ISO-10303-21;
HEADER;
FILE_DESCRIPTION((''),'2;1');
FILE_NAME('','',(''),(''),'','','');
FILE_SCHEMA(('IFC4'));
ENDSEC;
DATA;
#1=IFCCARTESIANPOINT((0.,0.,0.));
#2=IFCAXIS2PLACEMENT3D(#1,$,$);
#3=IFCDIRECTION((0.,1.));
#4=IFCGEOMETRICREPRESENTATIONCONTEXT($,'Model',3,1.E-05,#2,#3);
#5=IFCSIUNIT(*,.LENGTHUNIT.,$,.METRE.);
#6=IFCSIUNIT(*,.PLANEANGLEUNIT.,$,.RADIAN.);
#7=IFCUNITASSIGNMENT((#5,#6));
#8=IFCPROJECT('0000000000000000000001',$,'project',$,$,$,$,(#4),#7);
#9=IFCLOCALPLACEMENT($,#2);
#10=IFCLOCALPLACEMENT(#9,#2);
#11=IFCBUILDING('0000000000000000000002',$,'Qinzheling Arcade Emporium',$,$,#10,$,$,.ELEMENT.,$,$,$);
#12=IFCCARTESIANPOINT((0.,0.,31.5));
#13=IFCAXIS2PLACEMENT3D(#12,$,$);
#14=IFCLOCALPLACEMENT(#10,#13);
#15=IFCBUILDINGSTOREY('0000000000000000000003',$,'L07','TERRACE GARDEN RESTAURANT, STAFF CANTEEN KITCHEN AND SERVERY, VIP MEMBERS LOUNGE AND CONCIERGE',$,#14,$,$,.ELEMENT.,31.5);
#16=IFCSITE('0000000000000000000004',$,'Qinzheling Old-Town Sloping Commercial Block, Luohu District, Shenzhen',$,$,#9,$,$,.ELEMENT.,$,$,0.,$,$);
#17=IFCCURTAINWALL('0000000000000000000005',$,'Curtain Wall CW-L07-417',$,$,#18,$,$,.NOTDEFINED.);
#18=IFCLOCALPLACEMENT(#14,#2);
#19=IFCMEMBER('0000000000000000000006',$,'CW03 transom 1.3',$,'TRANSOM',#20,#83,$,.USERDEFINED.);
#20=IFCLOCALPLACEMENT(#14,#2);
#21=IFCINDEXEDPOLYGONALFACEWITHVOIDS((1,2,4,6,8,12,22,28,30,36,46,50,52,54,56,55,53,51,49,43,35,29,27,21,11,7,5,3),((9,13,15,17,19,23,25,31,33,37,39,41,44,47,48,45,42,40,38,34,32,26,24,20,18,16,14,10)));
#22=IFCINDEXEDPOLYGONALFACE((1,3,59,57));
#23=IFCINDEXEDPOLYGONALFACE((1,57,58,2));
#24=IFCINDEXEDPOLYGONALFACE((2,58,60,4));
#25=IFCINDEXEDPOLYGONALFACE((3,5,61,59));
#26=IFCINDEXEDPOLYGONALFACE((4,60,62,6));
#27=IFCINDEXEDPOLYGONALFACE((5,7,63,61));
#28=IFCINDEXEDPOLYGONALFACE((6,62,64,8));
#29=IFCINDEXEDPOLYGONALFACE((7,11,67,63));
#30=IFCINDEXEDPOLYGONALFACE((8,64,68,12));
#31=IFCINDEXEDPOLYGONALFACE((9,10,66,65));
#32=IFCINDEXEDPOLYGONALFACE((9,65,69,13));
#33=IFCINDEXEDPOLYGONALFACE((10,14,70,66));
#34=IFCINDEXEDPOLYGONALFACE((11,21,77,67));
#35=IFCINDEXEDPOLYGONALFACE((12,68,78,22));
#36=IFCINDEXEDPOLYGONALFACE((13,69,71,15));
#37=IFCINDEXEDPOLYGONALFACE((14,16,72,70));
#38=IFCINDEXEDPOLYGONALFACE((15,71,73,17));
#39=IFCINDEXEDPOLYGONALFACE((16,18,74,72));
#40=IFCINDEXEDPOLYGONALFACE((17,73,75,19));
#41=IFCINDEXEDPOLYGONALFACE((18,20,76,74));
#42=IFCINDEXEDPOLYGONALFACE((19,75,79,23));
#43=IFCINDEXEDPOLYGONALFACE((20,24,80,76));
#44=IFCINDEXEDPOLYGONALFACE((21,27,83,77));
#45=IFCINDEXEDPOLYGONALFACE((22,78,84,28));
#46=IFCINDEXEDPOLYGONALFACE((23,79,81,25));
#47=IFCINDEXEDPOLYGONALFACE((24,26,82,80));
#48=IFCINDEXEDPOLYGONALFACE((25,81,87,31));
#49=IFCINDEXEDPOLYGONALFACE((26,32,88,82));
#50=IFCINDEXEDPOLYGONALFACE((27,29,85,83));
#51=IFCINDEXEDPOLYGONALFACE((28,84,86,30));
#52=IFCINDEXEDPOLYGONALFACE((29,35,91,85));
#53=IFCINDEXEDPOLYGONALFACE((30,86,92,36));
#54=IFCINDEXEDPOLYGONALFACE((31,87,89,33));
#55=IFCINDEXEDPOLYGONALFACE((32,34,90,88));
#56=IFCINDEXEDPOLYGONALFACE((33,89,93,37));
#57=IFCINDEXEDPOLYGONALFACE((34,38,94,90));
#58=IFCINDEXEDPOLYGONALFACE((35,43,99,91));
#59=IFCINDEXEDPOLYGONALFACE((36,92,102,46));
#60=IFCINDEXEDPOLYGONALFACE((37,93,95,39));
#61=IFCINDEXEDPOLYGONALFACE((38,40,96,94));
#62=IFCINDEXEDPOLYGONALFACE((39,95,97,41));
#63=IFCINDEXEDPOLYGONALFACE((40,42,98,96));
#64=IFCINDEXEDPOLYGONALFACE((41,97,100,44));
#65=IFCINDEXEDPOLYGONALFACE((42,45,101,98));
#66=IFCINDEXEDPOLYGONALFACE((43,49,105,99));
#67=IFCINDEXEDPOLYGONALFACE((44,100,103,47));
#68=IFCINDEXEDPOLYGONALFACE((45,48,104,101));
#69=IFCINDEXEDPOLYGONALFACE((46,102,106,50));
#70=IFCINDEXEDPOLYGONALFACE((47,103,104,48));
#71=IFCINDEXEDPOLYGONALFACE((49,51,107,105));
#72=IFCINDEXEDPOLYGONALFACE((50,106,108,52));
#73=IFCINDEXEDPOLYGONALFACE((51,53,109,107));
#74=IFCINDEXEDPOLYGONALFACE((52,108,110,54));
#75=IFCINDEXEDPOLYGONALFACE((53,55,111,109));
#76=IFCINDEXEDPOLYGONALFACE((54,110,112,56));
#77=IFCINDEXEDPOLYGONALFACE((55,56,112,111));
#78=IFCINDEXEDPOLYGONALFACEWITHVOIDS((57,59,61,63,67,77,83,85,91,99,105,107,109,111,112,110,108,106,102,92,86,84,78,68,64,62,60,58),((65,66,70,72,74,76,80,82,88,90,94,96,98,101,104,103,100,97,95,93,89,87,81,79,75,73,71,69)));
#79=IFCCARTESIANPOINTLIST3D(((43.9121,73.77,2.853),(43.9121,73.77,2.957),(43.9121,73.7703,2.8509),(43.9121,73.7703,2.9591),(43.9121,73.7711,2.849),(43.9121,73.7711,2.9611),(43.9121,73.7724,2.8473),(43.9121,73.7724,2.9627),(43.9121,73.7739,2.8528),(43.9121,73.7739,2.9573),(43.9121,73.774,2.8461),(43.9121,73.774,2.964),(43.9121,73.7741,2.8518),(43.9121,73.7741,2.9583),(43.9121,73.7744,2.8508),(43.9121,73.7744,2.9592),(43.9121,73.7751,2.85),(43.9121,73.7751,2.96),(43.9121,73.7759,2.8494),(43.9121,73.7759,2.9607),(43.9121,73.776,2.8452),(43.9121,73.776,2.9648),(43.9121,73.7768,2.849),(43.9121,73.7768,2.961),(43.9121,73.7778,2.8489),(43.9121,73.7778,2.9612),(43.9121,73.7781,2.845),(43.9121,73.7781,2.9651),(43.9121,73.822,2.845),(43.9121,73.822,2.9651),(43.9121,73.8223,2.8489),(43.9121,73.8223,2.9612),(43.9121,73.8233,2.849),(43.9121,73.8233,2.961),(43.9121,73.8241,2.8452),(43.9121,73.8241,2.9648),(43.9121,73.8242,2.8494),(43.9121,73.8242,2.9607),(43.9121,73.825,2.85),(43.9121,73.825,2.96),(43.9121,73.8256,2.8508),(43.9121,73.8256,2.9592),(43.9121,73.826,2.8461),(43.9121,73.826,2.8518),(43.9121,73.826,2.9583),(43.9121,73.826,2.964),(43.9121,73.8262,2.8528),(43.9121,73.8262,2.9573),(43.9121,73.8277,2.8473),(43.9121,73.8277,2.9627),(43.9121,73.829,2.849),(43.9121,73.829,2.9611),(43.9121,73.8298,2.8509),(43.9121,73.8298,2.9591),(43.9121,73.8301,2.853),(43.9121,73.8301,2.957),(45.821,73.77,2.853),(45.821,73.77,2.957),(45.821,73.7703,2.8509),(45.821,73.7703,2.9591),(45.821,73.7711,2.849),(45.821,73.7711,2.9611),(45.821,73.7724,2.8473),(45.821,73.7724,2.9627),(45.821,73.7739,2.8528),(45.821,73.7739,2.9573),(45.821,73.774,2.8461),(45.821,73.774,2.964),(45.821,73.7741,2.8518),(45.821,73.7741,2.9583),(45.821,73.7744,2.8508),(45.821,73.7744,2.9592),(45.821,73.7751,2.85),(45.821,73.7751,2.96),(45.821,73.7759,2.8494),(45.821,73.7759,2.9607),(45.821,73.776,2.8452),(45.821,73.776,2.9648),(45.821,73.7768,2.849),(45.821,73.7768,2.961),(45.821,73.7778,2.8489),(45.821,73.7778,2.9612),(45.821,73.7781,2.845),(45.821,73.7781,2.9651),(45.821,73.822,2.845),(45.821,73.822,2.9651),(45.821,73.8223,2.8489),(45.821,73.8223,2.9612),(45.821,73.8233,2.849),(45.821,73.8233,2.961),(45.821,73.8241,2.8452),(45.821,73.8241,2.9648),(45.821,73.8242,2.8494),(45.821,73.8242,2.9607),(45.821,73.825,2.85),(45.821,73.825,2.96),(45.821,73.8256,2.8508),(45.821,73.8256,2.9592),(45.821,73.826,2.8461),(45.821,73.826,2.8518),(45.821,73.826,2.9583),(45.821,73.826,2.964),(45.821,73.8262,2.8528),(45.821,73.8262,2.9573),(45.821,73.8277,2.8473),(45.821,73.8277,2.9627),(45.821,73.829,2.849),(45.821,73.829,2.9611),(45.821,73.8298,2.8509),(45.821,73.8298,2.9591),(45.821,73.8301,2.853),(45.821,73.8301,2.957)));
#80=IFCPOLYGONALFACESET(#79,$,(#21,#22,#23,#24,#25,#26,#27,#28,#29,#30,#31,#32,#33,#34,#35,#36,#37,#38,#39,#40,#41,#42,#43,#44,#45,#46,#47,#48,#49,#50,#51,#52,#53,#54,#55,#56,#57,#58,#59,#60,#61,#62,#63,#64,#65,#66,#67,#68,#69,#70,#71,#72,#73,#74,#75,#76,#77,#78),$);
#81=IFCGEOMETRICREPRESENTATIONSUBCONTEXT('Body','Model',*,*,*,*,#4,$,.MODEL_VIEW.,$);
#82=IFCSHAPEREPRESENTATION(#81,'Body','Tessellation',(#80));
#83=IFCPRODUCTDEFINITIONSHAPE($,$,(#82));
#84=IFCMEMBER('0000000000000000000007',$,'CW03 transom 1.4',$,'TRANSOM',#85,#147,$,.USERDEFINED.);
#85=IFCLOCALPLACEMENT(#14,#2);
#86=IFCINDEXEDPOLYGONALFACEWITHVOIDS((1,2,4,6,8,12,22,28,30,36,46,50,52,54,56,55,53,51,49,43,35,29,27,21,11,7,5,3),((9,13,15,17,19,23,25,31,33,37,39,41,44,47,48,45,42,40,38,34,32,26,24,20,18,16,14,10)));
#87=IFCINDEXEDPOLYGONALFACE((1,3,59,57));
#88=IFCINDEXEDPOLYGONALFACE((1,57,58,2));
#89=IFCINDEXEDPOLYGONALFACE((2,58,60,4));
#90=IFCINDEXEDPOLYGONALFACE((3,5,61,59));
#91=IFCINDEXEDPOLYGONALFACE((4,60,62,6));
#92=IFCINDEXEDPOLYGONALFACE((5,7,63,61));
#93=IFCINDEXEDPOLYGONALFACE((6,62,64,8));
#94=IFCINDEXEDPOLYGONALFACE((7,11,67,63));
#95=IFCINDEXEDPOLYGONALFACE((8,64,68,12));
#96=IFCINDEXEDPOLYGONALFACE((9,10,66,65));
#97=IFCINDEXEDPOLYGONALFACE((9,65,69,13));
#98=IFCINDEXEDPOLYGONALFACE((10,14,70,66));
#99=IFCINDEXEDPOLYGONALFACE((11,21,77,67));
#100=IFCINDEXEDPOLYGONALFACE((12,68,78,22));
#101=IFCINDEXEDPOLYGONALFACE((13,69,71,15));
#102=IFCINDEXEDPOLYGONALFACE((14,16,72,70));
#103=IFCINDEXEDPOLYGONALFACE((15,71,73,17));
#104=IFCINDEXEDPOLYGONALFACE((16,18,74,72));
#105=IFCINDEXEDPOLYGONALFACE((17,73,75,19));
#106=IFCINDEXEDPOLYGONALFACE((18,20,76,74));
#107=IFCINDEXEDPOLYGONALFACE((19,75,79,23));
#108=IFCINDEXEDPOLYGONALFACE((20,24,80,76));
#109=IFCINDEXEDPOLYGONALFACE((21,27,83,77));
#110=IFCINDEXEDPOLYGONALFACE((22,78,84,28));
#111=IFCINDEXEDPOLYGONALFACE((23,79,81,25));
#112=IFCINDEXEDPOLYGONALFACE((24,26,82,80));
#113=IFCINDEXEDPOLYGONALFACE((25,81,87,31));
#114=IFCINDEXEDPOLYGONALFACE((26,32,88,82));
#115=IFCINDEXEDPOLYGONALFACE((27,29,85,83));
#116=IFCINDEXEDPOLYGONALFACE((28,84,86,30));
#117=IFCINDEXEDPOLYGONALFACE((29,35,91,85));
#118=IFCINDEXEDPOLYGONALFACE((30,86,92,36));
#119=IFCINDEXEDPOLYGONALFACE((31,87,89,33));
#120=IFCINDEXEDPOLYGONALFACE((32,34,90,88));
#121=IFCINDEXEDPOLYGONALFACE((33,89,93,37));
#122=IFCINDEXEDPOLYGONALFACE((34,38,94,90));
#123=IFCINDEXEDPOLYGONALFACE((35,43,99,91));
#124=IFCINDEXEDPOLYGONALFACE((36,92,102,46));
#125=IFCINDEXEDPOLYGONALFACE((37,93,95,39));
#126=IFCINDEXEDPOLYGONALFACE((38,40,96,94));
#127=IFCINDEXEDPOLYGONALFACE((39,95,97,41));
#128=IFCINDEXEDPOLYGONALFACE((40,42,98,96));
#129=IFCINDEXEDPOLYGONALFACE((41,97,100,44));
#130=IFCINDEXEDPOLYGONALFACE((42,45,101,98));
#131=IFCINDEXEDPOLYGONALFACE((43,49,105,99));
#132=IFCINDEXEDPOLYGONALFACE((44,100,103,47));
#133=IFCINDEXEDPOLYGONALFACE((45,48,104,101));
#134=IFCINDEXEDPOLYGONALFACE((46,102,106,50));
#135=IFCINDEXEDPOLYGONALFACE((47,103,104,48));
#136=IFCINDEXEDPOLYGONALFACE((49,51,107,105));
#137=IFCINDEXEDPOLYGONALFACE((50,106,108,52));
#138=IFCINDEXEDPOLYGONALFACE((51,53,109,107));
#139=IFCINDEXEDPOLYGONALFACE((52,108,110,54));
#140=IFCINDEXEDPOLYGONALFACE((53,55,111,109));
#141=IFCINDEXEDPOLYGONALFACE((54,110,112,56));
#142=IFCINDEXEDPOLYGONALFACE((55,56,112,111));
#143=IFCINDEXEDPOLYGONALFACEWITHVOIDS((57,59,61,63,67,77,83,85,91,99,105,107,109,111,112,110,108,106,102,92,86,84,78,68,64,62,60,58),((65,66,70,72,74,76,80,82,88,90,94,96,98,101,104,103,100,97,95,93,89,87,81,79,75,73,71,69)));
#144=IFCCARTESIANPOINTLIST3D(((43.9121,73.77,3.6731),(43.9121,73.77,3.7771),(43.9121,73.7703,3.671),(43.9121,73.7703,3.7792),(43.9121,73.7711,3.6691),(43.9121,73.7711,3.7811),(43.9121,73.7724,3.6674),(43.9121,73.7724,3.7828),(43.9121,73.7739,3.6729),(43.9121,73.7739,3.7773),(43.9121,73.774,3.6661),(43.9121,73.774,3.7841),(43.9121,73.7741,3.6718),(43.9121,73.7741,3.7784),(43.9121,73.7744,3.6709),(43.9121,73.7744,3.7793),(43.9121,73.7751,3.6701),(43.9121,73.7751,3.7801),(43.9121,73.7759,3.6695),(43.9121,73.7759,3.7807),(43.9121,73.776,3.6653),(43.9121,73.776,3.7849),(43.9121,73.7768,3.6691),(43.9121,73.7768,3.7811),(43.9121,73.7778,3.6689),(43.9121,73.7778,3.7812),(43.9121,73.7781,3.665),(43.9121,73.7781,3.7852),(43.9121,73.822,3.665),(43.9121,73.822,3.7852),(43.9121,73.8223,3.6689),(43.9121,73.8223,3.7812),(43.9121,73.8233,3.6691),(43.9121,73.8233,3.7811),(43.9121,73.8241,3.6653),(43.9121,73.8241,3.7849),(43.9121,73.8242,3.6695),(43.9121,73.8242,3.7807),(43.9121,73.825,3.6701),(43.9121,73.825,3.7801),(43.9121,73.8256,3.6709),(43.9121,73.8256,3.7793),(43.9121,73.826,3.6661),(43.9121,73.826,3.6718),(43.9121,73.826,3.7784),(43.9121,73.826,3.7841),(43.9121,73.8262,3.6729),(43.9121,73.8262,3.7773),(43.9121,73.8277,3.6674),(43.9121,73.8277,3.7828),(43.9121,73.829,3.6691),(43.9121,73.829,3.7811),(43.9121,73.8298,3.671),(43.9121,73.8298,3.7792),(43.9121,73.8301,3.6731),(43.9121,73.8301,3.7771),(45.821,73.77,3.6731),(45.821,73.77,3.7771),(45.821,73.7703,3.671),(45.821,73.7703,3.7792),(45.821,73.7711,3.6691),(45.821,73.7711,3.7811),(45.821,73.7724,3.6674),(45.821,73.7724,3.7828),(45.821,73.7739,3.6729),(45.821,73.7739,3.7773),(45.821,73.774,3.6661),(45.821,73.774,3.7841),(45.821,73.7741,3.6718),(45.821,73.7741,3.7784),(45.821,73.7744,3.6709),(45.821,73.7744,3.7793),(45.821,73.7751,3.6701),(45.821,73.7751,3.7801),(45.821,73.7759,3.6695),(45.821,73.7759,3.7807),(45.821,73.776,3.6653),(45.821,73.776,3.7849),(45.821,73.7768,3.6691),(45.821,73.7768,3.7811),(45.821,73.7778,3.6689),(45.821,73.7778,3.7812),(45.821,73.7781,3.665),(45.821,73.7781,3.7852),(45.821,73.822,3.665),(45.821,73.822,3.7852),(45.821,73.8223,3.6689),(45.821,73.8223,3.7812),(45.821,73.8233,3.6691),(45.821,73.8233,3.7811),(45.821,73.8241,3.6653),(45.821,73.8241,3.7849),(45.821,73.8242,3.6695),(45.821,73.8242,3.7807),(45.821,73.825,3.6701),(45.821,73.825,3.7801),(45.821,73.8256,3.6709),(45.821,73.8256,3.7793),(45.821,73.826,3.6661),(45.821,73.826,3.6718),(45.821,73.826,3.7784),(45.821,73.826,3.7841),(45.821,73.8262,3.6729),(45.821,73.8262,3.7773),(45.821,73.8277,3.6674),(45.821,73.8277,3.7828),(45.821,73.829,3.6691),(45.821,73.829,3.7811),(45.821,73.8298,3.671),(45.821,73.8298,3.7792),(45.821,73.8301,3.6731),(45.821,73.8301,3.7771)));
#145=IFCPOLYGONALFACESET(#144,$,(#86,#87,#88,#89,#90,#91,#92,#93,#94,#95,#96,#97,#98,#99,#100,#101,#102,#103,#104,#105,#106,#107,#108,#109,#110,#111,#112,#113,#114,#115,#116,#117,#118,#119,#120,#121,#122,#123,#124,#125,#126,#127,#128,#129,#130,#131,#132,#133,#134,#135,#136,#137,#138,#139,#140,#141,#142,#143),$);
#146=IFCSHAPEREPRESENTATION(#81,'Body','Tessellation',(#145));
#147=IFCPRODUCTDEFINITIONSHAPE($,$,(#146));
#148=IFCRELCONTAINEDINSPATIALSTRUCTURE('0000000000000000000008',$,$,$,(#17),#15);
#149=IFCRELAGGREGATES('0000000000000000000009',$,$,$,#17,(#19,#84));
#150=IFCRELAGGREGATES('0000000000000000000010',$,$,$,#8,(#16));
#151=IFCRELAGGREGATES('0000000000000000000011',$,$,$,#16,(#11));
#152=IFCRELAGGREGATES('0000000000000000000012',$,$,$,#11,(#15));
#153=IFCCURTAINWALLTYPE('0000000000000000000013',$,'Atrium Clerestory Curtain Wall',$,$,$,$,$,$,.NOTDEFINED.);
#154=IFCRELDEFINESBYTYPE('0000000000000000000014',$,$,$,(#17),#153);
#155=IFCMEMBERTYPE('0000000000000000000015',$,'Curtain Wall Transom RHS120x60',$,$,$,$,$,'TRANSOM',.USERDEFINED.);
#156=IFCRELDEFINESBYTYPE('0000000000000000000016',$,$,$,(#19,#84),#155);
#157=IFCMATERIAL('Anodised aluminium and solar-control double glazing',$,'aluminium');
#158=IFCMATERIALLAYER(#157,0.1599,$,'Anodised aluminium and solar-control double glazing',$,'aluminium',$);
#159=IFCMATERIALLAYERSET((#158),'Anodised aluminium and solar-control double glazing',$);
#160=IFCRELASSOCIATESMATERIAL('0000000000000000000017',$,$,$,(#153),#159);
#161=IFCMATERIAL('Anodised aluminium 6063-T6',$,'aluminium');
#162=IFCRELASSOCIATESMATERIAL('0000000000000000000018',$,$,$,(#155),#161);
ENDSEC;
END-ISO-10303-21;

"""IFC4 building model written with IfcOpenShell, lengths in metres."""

from ifc_helpers import new_model, si_unit, direction, frame, origin, origin_2d, place, context, subcontext, project, spatial, hollow_rectangle, extrude, material, layer, layer_set, material_profile, profile_set, type_object, element, aggregate, save


model = new_model("IFC4")

# Units and contexts
model_context = context("Model", 3, precision=1e-05, world=origin(), true_north=direction((0.0, 1.0)))
body_context = subcontext(model_context, "Body", "Model", "MODEL_VIEW")
ifc_project = project(units=[si_unit("LENGTHUNIT", "METRE"), si_unit("PLANEANGLEUNIT", "RADIAN")], contexts=[model_context])

# Site, building, storey
site_placement = place(None, origin())
site = spatial("IfcSite", under=ifc_project, at=site_placement, Name="Qinzheling Old-Town Sloping Commercial Block, Luohu District, Shenzhen", CompositionType="ELEMENT", RefElevation=0.0)
building_placement = place(site_placement, origin())
building = spatial("IfcBuilding", under=site, at=building_placement, Name="Qinzheling Arcade Emporium", CompositionType="ELEMENT")
storey_placement = place(building_placement, frame((0.0, 0.0, 31.5)))
storey = spatial("IfcBuildingStorey", under=building, at=storey_placement, Name="L07", Description="TERRACE GARDEN RESTAURANT, STAFF CANTEEN KITCHEN AND SERVERY, VIP MEMBERS LOUNGE AND CONCIERGE", CompositionType="ELEMENT", Elevation=31.5)

# Curtain wall, members
ifc_material_1 = material(Name="Anodised aluminium and solar-control double glazing", Category="aluminium")
ifc_layer_1 = layer(ifc_material_1, 0.1599, Name="Anodised aluminium and solar-control double glazing", Category="aluminium")
ifc_layer_set_1 = layer_set([ifc_layer_1], Name="Anodised aluminium and solar-control double glazing")
curtain_wall_type = type_object("IfcCurtainWallType", Name="Atrium Clerestory Curtain Wall", PredefinedType="NOTDEFINED", material=ifc_layer_set_1)
curtain_wall_placement = place(storey_placement, origin())
curtain_wall = element("IfcCurtainWall", 1, at=curtain_wall_placement, inside=storey, type_object=curtain_wall_type, Name="Curtain Wall CW-L07-417", PredefinedType="NOTDEFINED")
ifc_material_2 = material(Name="Anodised aluminium 6063-T6", Category="aluminium")
ifc_material_profile_1 = material_profile(ifc_material_2, hollow_rectangle(XDim=0.0601, YDim=0.1201, WallThickness=0.0039, InnerFilletRadius=0.0039, OuterFilletRadius=0.0081, at=origin_2d()), Name="RHS 120x60x4", Category="aluminium")
ifc_profile_set_1 = profile_set([ifc_material_profile_1], Name="Anodised aluminium 6063-T6")
member_type_1 = type_object("IfcMemberType", Name="Curtain Wall Transom RHS120x60", ElementType="TRANSOM", PredefinedType="USERDEFINED", material=ifc_profile_set_1)
member_1_placement = place(storey_placement, frame((43.9121, 73.8, 2.905), z_axis=(1.0, 0.0, 0.0), x_axis=(0.0, 1.0, 0.0)))
member_1 = element("IfcMember", 2, at=member_1_placement, type_object=member_type_1, Name="CW03 transom 1.3", ObjectType="TRANSOM", PredefinedType="USERDEFINED", context=body_context, shape_type="SweptSolid", body=[
    extrude(hollow_rectangle(XDim=0.0601, YDim=0.1201, WallThickness=0.0039, InnerFilletRadius=0.0039, OuterFilletRadius=0.0081, at=origin_2d()), origin(), (0.0, 0.0, 1.0), 1.9089),
])
member_2_placement = place(storey_placement, frame((43.9121, 73.8, 3.7251), z_axis=(1.0, 0.0, 0.0), x_axis=(0.0, 1.0, 0.0)))
member_2 = element("IfcMember", 3, at=member_2_placement, type_object=member_type_1, Name="CW03 transom 1.4", ObjectType="TRANSOM", PredefinedType="USERDEFINED", context=body_context, shape_type="SweptSolid", body=[
    extrude(hollow_rectangle(XDim=0.0601, YDim=0.1201, WallThickness=0.0039, InnerFilletRadius=0.0039, OuterFilletRadius=0.0081, at=origin_2d()), origin(), (0.0, 0.0, 1.0), 1.9089),
])

aggregate(curtain_wall, [member_1, member_2])

save(model, "model.ifc")
